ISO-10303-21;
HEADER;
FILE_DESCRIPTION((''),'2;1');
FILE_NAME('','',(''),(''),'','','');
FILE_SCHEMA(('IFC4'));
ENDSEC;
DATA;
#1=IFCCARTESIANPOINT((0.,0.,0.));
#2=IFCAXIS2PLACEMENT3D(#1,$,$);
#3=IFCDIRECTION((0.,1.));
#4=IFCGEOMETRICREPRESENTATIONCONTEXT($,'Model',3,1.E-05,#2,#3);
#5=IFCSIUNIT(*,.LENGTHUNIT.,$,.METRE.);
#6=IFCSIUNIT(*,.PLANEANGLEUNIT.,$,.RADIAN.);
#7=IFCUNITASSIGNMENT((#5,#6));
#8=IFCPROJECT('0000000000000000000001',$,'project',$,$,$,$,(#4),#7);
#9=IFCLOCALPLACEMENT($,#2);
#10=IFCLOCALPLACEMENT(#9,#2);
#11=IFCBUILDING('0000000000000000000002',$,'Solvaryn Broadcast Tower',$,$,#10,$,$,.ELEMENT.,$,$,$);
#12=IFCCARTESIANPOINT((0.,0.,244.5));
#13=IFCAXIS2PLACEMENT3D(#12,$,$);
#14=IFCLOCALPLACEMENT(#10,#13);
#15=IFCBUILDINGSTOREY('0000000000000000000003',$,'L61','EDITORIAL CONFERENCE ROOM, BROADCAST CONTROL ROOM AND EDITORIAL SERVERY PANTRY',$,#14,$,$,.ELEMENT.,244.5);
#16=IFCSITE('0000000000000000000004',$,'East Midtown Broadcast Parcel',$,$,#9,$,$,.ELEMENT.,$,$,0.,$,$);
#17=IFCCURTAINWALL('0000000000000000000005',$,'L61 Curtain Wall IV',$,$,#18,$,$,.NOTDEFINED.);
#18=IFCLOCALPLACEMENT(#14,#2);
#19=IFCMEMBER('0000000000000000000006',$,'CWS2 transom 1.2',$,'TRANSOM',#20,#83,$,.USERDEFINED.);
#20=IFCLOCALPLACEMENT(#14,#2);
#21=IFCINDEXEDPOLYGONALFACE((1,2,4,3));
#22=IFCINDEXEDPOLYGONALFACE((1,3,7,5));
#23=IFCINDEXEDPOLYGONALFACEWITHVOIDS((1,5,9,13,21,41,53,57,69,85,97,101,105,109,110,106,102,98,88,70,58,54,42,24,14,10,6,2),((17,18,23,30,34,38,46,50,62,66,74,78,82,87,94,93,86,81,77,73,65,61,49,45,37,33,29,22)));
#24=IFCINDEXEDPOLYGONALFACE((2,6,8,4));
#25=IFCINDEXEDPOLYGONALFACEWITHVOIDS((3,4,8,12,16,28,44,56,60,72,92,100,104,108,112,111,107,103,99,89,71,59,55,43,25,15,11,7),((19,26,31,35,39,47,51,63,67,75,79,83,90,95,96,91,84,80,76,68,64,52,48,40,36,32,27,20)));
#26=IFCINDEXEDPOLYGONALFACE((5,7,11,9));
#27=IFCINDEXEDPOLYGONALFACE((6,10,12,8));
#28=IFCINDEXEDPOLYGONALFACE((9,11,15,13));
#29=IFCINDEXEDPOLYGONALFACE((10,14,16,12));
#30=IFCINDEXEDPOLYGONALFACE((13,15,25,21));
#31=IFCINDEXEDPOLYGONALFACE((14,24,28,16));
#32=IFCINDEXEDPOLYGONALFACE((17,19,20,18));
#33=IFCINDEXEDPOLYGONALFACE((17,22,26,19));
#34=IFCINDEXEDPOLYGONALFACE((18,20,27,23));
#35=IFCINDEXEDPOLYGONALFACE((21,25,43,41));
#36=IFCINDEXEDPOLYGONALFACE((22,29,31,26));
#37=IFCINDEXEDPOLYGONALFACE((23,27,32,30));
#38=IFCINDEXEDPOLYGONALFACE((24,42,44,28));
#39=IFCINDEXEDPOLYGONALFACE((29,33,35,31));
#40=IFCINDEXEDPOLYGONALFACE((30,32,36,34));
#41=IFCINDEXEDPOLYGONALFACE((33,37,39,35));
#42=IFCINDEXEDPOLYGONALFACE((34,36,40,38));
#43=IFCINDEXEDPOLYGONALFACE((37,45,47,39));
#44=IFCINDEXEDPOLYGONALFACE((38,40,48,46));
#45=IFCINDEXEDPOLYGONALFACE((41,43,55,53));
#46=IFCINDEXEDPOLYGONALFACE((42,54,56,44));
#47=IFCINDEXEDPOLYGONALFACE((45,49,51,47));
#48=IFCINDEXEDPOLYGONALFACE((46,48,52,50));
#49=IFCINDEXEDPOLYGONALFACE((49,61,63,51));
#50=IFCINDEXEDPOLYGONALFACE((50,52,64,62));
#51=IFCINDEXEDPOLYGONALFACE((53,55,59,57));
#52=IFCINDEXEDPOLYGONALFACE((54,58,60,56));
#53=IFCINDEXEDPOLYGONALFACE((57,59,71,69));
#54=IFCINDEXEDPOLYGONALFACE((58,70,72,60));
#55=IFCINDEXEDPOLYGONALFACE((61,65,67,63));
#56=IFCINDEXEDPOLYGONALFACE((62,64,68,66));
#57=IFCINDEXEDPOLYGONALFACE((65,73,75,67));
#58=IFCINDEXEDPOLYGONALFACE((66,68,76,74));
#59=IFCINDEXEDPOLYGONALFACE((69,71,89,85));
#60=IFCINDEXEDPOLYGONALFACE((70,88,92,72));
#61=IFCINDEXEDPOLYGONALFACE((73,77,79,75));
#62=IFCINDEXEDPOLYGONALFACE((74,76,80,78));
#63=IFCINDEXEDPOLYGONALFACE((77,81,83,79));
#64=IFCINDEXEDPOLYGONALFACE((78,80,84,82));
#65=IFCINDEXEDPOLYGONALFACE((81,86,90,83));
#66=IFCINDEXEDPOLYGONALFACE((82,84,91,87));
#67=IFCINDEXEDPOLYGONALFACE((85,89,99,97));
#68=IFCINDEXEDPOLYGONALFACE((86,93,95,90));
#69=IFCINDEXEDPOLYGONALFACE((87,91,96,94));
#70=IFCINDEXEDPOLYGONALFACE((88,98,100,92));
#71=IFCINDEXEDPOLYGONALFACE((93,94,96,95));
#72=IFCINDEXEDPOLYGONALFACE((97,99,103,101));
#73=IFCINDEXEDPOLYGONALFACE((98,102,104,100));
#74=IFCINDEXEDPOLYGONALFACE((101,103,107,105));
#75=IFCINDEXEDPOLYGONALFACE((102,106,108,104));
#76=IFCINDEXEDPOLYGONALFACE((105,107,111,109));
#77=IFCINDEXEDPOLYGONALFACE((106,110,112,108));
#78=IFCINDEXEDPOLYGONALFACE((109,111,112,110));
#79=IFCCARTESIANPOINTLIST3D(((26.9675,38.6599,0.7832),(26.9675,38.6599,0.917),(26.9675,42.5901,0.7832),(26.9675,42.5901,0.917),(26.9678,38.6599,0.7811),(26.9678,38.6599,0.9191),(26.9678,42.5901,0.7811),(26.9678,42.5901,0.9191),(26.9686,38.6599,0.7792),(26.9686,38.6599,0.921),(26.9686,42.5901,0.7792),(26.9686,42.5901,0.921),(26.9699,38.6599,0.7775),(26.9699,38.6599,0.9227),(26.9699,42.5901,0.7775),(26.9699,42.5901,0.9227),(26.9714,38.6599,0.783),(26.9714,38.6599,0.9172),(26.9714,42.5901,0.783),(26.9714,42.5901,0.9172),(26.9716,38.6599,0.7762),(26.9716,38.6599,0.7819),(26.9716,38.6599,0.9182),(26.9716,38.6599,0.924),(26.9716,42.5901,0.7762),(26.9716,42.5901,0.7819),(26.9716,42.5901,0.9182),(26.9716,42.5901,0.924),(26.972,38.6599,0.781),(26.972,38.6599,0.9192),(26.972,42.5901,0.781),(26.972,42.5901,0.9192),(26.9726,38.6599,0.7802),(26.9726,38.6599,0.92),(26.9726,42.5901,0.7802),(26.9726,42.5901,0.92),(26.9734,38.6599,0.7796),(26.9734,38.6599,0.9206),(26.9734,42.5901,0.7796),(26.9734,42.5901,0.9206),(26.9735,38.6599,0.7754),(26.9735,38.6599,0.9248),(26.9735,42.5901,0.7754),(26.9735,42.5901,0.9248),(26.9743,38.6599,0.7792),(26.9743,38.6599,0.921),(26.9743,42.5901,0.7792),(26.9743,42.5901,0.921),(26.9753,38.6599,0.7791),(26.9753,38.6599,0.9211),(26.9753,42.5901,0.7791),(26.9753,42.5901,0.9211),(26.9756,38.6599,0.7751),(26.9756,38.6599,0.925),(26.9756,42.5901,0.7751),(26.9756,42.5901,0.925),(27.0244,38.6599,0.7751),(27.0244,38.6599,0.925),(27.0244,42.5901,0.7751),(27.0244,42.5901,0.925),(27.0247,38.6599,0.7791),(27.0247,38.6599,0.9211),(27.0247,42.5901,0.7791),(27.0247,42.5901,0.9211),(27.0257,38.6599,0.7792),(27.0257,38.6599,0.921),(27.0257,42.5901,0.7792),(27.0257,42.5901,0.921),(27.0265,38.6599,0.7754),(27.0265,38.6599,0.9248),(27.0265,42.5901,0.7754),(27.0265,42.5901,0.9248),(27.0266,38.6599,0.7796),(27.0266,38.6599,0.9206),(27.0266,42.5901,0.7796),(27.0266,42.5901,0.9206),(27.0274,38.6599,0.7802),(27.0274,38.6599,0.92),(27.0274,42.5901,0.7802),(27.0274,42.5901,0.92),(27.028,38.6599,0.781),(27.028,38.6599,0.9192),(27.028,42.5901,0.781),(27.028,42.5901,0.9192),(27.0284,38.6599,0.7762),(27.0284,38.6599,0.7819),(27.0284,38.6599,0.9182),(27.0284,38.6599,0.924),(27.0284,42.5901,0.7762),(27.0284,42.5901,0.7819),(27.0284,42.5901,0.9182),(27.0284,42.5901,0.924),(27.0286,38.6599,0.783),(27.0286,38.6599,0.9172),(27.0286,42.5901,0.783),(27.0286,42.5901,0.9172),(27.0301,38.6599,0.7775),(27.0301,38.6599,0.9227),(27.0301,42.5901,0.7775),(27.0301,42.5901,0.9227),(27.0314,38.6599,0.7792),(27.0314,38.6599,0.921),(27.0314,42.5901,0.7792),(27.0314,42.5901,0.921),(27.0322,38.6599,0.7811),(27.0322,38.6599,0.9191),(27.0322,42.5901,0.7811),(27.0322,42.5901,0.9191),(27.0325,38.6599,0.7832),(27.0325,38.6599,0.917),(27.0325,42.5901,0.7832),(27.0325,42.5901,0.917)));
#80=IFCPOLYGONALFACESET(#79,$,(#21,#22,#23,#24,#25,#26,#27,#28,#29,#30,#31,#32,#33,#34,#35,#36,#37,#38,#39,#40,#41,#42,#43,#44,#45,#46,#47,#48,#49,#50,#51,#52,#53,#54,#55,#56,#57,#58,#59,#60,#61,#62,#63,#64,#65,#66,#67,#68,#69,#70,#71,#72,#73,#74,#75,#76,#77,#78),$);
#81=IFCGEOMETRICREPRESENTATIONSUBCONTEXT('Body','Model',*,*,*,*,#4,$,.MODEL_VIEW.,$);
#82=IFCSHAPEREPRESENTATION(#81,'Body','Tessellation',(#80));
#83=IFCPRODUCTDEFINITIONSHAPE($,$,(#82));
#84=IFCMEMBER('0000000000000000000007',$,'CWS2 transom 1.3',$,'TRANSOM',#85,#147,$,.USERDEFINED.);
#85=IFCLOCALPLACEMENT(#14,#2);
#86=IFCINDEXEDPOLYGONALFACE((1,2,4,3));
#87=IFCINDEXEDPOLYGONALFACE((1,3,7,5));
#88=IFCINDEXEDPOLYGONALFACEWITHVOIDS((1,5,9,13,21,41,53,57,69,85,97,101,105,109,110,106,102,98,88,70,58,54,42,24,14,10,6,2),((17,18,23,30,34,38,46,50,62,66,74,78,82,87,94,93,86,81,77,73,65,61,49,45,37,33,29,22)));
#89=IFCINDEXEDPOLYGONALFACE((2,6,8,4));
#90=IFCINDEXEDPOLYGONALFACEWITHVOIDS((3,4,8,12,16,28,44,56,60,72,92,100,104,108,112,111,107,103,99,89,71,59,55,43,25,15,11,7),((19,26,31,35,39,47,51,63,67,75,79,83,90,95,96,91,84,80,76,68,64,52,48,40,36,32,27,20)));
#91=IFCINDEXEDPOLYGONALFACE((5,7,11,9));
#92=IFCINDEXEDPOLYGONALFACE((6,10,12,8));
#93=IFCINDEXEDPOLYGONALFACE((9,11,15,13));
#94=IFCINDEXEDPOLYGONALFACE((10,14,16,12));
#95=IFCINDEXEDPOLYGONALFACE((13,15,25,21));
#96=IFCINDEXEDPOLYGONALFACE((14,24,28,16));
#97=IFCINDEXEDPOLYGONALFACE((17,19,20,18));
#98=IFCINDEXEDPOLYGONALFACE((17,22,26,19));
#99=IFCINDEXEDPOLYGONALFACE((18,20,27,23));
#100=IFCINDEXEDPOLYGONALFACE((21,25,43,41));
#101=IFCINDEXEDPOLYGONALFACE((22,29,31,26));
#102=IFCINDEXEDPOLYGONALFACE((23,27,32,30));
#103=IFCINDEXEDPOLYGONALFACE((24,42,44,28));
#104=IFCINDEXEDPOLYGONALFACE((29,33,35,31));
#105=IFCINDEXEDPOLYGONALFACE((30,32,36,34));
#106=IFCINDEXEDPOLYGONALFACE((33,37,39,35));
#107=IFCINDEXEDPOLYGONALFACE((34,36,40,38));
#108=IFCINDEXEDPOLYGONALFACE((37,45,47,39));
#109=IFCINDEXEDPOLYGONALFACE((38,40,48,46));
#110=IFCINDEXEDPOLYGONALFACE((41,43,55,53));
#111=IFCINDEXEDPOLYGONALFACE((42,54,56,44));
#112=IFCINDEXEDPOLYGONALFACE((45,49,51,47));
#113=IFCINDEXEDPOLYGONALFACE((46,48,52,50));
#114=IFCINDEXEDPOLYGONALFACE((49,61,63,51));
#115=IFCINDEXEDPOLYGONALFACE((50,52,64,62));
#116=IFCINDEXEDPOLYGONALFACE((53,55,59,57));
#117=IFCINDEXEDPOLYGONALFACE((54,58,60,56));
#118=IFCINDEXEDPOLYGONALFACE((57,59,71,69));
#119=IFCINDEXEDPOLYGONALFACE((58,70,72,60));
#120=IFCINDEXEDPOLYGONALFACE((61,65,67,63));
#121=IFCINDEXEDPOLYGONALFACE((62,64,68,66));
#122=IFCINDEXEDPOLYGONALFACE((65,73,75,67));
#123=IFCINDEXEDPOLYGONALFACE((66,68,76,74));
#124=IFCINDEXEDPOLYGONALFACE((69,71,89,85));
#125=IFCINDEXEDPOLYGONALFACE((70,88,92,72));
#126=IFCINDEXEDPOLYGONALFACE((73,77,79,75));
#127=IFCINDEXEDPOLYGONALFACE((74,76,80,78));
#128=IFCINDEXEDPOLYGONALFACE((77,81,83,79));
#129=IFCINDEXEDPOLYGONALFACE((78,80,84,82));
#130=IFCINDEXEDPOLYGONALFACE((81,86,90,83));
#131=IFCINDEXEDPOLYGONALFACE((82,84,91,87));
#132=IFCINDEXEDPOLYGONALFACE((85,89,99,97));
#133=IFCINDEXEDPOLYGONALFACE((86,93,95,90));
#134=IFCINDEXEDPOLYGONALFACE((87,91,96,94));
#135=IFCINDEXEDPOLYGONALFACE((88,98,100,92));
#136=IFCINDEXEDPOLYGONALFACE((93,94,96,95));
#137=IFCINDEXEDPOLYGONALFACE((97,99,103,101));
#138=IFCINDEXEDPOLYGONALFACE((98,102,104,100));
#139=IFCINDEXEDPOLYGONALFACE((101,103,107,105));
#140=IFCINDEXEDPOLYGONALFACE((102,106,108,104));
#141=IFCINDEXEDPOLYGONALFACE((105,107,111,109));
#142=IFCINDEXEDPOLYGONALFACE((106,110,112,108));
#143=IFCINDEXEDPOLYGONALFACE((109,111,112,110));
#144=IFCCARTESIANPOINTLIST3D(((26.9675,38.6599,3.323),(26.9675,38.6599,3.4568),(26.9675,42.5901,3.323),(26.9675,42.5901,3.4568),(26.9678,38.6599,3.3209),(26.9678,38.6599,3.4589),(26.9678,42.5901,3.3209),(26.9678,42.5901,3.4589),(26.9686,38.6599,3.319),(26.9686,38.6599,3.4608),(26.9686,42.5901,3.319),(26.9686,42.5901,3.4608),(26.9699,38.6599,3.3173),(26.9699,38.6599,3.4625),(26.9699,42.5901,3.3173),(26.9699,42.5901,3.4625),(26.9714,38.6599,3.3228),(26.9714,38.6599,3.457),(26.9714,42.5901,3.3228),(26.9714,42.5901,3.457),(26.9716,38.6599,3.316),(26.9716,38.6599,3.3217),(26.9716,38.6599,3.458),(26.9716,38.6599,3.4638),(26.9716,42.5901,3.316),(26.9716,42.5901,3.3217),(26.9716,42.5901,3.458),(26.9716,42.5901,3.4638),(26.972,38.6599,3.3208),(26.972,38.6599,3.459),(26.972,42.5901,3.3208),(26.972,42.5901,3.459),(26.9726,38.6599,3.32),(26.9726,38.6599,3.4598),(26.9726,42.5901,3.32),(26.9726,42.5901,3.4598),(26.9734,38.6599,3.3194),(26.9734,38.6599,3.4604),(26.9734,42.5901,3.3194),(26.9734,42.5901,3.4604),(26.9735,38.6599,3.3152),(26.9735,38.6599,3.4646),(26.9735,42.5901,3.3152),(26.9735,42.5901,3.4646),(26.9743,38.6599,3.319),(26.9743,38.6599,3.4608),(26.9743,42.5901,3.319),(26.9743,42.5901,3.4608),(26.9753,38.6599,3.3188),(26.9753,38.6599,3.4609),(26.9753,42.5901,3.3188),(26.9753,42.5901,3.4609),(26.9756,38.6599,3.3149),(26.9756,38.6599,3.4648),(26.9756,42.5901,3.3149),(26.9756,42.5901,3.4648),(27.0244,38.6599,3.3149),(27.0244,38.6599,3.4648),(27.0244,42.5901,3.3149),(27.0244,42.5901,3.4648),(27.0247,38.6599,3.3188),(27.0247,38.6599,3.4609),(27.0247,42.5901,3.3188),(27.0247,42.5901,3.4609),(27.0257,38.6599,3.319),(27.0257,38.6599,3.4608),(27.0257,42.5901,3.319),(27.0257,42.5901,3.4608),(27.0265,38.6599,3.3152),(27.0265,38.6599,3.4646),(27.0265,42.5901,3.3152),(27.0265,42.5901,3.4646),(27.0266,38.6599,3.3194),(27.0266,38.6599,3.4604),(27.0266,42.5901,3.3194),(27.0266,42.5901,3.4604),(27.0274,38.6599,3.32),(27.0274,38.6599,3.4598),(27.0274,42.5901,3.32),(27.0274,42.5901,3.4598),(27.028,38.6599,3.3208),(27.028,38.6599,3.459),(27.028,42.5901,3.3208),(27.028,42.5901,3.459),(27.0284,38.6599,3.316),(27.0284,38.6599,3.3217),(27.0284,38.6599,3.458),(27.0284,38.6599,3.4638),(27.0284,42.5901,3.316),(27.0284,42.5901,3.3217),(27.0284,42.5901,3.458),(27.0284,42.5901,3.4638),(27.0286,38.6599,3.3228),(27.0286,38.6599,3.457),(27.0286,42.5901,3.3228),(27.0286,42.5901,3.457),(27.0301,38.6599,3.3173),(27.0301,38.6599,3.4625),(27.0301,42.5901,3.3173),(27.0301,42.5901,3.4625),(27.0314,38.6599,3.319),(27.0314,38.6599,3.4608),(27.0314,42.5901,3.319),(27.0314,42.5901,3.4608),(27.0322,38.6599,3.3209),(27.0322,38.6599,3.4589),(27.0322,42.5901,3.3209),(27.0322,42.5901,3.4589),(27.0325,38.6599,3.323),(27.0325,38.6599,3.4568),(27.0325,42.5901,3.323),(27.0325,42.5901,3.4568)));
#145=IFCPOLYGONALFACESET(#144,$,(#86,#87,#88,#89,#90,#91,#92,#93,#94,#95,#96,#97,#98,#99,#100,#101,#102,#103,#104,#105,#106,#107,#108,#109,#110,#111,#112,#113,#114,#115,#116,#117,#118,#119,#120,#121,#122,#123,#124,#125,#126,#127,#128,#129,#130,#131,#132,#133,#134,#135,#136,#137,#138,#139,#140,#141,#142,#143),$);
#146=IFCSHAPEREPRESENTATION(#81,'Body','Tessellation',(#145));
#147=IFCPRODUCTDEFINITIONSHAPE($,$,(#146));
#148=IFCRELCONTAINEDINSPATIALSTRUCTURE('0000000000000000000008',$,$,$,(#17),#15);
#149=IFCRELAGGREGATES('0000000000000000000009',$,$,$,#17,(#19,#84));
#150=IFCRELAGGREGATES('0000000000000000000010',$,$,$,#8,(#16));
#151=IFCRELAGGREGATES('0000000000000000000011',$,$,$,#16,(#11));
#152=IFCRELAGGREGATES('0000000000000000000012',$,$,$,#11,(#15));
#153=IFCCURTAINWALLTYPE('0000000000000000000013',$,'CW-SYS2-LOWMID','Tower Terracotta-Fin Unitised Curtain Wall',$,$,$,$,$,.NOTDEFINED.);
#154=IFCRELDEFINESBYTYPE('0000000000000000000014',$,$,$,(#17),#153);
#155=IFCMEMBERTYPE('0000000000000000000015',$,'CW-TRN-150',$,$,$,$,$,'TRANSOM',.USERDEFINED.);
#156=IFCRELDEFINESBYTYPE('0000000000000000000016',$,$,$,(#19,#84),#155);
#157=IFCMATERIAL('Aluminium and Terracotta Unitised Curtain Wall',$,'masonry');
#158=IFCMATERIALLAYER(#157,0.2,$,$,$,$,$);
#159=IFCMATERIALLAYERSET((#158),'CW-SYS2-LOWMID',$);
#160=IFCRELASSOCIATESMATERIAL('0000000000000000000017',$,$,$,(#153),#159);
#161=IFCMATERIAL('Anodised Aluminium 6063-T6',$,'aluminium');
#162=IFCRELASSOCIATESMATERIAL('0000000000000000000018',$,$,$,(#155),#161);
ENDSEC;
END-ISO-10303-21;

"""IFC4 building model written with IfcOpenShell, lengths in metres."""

from ifc_helpers import new_model, si_unit, direction, frame, origin, origin_2d, place, context, subcontext, project, spatial, hollow_rectangle, extrude, material, layer, layer_set, material_profile, profile_set, type_object, element, aggregate, save


model = new_model("IFC4")

# Units and contexts
model_context = context("Model", 3, precision=1e-05, world=origin(), true_north=direction((0.0, 1.0)))
body_context = subcontext(model_context, "Body", "Model", "MODEL_VIEW")
ifc_project = project(units=[si_unit("LENGTHUNIT", "METRE"), si_unit("PLANEANGLEUNIT", "RADIAN")], contexts=[model_context])

# Site, building, storey
site_placement = place(None, origin())
site = spatial("IfcSite", under=ifc_project, at=site_placement, Name="East Midtown Broadcast Parcel", CompositionType="ELEMENT", RefElevation=0.0)
building_placement = place(site_placement, origin())
building = spatial("IfcBuilding", under=site, at=building_placement, Name="Solvaryn Broadcast Tower", CompositionType="ELEMENT")
storey_placement = place(building_placement, frame((0.0, 0.0, 244.5)))
storey = spatial("IfcBuildingStorey", under=building, at=storey_placement, Name="L61", Description="EDITORIAL CONFERENCE ROOM, BROADCAST CONTROL ROOM AND EDITORIAL SERVERY PANTRY", CompositionType="ELEMENT", Elevation=244.5)

# Curtain wall
ifc_material_1 = material(Name="Aluminium and Terracotta Unitised Curtain Wall", Category="masonry")
ifc_layer_1 = layer(ifc_material_1, 0.2)
ifc_layer_set_1 = layer_set([ifc_layer_1], Name="CW-SYS2-LOWMID")
curtain_wall_type = type_object("IfcCurtainWallType", Name="CW-SYS2-LOWMID", Description="Tower Terracotta-Fin Unitised Curtain Wall", PredefinedType="NOTDEFINED", material=ifc_layer_set_1)
curtain_wall_1_placement = place(storey_placement, origin())
curtain_wall_1 = element("IfcCurtainWall", 1, at=curtain_wall_1_placement, inside=storey, type_object=curtain_wall_type, Name="L61 Curtain Wall IV", PredefinedType="NOTDEFINED")

# Members
ifc_material_2 = material(Name="Anodised Aluminium 6063-T6", Category="aluminium")
ifc_material_profile_1 = material_profile(ifc_material_2, hollow_rectangle(XDim=0.0649, YDim=0.1499, WallThickness=0.0039, InnerFilletRadius=0.0039, OuterFilletRadius=0.0081, at=origin_2d()))
ifc_profile_set_1 = profile_set([ifc_material_profile_1], Name="Anodised Aluminium 6063-T6")
member_type_1 = type_object("IfcMemberType", Name="CW-TRN-150", ElementType="TRANSOM", PredefinedType="USERDEFINED", material=ifc_profile_set_1)
member_1_placement = place(storey_placement, frame((27.0, 42.5901, 0.8501), z_axis=(0.0, -1.0, 0.0), x_axis=(1.0, 0.0, 0.0)))
member_1 = element("IfcMember", 2, at=member_1_placement, type_object=member_type_1, Name="CWS2 transom 1.2", ObjectType="TRANSOM", PredefinedType="USERDEFINED", context=body_context, shape_type="SweptSolid", body=[
    extrude(hollow_rectangle(XDim=0.0649, YDim=0.1499, WallThickness=0.0039, InnerFilletRadius=0.0039, OuterFilletRadius=0.0081, at=origin_2d()), origin(), (0.0, 0.0, 1.0), 3.9302),
])
member_2_placement = place(storey_placement, frame((27.0, 42.5901, 3.3899), z_axis=(0.0, -1.0, 0.0), x_axis=(1.0, 0.0, 0.0)))
member_2 = element("IfcMember", 3, at=member_2_placement, type_object=member_type_1, Name="CWS2 transom 1.3", ObjectType="TRANSOM", PredefinedType="USERDEFINED", context=body_context, shape_type="SweptSolid", body=[
    extrude(hollow_rectangle(XDim=0.0649, YDim=0.1499, WallThickness=0.0039, InnerFilletRadius=0.0039, OuterFilletRadius=0.0081, at=origin_2d()), origin(), (0.0, 0.0, 1.0), 3.9302),
])

aggregate(curtain_wall_1, [member_1, member_2])

save(model, "model.ifc")
